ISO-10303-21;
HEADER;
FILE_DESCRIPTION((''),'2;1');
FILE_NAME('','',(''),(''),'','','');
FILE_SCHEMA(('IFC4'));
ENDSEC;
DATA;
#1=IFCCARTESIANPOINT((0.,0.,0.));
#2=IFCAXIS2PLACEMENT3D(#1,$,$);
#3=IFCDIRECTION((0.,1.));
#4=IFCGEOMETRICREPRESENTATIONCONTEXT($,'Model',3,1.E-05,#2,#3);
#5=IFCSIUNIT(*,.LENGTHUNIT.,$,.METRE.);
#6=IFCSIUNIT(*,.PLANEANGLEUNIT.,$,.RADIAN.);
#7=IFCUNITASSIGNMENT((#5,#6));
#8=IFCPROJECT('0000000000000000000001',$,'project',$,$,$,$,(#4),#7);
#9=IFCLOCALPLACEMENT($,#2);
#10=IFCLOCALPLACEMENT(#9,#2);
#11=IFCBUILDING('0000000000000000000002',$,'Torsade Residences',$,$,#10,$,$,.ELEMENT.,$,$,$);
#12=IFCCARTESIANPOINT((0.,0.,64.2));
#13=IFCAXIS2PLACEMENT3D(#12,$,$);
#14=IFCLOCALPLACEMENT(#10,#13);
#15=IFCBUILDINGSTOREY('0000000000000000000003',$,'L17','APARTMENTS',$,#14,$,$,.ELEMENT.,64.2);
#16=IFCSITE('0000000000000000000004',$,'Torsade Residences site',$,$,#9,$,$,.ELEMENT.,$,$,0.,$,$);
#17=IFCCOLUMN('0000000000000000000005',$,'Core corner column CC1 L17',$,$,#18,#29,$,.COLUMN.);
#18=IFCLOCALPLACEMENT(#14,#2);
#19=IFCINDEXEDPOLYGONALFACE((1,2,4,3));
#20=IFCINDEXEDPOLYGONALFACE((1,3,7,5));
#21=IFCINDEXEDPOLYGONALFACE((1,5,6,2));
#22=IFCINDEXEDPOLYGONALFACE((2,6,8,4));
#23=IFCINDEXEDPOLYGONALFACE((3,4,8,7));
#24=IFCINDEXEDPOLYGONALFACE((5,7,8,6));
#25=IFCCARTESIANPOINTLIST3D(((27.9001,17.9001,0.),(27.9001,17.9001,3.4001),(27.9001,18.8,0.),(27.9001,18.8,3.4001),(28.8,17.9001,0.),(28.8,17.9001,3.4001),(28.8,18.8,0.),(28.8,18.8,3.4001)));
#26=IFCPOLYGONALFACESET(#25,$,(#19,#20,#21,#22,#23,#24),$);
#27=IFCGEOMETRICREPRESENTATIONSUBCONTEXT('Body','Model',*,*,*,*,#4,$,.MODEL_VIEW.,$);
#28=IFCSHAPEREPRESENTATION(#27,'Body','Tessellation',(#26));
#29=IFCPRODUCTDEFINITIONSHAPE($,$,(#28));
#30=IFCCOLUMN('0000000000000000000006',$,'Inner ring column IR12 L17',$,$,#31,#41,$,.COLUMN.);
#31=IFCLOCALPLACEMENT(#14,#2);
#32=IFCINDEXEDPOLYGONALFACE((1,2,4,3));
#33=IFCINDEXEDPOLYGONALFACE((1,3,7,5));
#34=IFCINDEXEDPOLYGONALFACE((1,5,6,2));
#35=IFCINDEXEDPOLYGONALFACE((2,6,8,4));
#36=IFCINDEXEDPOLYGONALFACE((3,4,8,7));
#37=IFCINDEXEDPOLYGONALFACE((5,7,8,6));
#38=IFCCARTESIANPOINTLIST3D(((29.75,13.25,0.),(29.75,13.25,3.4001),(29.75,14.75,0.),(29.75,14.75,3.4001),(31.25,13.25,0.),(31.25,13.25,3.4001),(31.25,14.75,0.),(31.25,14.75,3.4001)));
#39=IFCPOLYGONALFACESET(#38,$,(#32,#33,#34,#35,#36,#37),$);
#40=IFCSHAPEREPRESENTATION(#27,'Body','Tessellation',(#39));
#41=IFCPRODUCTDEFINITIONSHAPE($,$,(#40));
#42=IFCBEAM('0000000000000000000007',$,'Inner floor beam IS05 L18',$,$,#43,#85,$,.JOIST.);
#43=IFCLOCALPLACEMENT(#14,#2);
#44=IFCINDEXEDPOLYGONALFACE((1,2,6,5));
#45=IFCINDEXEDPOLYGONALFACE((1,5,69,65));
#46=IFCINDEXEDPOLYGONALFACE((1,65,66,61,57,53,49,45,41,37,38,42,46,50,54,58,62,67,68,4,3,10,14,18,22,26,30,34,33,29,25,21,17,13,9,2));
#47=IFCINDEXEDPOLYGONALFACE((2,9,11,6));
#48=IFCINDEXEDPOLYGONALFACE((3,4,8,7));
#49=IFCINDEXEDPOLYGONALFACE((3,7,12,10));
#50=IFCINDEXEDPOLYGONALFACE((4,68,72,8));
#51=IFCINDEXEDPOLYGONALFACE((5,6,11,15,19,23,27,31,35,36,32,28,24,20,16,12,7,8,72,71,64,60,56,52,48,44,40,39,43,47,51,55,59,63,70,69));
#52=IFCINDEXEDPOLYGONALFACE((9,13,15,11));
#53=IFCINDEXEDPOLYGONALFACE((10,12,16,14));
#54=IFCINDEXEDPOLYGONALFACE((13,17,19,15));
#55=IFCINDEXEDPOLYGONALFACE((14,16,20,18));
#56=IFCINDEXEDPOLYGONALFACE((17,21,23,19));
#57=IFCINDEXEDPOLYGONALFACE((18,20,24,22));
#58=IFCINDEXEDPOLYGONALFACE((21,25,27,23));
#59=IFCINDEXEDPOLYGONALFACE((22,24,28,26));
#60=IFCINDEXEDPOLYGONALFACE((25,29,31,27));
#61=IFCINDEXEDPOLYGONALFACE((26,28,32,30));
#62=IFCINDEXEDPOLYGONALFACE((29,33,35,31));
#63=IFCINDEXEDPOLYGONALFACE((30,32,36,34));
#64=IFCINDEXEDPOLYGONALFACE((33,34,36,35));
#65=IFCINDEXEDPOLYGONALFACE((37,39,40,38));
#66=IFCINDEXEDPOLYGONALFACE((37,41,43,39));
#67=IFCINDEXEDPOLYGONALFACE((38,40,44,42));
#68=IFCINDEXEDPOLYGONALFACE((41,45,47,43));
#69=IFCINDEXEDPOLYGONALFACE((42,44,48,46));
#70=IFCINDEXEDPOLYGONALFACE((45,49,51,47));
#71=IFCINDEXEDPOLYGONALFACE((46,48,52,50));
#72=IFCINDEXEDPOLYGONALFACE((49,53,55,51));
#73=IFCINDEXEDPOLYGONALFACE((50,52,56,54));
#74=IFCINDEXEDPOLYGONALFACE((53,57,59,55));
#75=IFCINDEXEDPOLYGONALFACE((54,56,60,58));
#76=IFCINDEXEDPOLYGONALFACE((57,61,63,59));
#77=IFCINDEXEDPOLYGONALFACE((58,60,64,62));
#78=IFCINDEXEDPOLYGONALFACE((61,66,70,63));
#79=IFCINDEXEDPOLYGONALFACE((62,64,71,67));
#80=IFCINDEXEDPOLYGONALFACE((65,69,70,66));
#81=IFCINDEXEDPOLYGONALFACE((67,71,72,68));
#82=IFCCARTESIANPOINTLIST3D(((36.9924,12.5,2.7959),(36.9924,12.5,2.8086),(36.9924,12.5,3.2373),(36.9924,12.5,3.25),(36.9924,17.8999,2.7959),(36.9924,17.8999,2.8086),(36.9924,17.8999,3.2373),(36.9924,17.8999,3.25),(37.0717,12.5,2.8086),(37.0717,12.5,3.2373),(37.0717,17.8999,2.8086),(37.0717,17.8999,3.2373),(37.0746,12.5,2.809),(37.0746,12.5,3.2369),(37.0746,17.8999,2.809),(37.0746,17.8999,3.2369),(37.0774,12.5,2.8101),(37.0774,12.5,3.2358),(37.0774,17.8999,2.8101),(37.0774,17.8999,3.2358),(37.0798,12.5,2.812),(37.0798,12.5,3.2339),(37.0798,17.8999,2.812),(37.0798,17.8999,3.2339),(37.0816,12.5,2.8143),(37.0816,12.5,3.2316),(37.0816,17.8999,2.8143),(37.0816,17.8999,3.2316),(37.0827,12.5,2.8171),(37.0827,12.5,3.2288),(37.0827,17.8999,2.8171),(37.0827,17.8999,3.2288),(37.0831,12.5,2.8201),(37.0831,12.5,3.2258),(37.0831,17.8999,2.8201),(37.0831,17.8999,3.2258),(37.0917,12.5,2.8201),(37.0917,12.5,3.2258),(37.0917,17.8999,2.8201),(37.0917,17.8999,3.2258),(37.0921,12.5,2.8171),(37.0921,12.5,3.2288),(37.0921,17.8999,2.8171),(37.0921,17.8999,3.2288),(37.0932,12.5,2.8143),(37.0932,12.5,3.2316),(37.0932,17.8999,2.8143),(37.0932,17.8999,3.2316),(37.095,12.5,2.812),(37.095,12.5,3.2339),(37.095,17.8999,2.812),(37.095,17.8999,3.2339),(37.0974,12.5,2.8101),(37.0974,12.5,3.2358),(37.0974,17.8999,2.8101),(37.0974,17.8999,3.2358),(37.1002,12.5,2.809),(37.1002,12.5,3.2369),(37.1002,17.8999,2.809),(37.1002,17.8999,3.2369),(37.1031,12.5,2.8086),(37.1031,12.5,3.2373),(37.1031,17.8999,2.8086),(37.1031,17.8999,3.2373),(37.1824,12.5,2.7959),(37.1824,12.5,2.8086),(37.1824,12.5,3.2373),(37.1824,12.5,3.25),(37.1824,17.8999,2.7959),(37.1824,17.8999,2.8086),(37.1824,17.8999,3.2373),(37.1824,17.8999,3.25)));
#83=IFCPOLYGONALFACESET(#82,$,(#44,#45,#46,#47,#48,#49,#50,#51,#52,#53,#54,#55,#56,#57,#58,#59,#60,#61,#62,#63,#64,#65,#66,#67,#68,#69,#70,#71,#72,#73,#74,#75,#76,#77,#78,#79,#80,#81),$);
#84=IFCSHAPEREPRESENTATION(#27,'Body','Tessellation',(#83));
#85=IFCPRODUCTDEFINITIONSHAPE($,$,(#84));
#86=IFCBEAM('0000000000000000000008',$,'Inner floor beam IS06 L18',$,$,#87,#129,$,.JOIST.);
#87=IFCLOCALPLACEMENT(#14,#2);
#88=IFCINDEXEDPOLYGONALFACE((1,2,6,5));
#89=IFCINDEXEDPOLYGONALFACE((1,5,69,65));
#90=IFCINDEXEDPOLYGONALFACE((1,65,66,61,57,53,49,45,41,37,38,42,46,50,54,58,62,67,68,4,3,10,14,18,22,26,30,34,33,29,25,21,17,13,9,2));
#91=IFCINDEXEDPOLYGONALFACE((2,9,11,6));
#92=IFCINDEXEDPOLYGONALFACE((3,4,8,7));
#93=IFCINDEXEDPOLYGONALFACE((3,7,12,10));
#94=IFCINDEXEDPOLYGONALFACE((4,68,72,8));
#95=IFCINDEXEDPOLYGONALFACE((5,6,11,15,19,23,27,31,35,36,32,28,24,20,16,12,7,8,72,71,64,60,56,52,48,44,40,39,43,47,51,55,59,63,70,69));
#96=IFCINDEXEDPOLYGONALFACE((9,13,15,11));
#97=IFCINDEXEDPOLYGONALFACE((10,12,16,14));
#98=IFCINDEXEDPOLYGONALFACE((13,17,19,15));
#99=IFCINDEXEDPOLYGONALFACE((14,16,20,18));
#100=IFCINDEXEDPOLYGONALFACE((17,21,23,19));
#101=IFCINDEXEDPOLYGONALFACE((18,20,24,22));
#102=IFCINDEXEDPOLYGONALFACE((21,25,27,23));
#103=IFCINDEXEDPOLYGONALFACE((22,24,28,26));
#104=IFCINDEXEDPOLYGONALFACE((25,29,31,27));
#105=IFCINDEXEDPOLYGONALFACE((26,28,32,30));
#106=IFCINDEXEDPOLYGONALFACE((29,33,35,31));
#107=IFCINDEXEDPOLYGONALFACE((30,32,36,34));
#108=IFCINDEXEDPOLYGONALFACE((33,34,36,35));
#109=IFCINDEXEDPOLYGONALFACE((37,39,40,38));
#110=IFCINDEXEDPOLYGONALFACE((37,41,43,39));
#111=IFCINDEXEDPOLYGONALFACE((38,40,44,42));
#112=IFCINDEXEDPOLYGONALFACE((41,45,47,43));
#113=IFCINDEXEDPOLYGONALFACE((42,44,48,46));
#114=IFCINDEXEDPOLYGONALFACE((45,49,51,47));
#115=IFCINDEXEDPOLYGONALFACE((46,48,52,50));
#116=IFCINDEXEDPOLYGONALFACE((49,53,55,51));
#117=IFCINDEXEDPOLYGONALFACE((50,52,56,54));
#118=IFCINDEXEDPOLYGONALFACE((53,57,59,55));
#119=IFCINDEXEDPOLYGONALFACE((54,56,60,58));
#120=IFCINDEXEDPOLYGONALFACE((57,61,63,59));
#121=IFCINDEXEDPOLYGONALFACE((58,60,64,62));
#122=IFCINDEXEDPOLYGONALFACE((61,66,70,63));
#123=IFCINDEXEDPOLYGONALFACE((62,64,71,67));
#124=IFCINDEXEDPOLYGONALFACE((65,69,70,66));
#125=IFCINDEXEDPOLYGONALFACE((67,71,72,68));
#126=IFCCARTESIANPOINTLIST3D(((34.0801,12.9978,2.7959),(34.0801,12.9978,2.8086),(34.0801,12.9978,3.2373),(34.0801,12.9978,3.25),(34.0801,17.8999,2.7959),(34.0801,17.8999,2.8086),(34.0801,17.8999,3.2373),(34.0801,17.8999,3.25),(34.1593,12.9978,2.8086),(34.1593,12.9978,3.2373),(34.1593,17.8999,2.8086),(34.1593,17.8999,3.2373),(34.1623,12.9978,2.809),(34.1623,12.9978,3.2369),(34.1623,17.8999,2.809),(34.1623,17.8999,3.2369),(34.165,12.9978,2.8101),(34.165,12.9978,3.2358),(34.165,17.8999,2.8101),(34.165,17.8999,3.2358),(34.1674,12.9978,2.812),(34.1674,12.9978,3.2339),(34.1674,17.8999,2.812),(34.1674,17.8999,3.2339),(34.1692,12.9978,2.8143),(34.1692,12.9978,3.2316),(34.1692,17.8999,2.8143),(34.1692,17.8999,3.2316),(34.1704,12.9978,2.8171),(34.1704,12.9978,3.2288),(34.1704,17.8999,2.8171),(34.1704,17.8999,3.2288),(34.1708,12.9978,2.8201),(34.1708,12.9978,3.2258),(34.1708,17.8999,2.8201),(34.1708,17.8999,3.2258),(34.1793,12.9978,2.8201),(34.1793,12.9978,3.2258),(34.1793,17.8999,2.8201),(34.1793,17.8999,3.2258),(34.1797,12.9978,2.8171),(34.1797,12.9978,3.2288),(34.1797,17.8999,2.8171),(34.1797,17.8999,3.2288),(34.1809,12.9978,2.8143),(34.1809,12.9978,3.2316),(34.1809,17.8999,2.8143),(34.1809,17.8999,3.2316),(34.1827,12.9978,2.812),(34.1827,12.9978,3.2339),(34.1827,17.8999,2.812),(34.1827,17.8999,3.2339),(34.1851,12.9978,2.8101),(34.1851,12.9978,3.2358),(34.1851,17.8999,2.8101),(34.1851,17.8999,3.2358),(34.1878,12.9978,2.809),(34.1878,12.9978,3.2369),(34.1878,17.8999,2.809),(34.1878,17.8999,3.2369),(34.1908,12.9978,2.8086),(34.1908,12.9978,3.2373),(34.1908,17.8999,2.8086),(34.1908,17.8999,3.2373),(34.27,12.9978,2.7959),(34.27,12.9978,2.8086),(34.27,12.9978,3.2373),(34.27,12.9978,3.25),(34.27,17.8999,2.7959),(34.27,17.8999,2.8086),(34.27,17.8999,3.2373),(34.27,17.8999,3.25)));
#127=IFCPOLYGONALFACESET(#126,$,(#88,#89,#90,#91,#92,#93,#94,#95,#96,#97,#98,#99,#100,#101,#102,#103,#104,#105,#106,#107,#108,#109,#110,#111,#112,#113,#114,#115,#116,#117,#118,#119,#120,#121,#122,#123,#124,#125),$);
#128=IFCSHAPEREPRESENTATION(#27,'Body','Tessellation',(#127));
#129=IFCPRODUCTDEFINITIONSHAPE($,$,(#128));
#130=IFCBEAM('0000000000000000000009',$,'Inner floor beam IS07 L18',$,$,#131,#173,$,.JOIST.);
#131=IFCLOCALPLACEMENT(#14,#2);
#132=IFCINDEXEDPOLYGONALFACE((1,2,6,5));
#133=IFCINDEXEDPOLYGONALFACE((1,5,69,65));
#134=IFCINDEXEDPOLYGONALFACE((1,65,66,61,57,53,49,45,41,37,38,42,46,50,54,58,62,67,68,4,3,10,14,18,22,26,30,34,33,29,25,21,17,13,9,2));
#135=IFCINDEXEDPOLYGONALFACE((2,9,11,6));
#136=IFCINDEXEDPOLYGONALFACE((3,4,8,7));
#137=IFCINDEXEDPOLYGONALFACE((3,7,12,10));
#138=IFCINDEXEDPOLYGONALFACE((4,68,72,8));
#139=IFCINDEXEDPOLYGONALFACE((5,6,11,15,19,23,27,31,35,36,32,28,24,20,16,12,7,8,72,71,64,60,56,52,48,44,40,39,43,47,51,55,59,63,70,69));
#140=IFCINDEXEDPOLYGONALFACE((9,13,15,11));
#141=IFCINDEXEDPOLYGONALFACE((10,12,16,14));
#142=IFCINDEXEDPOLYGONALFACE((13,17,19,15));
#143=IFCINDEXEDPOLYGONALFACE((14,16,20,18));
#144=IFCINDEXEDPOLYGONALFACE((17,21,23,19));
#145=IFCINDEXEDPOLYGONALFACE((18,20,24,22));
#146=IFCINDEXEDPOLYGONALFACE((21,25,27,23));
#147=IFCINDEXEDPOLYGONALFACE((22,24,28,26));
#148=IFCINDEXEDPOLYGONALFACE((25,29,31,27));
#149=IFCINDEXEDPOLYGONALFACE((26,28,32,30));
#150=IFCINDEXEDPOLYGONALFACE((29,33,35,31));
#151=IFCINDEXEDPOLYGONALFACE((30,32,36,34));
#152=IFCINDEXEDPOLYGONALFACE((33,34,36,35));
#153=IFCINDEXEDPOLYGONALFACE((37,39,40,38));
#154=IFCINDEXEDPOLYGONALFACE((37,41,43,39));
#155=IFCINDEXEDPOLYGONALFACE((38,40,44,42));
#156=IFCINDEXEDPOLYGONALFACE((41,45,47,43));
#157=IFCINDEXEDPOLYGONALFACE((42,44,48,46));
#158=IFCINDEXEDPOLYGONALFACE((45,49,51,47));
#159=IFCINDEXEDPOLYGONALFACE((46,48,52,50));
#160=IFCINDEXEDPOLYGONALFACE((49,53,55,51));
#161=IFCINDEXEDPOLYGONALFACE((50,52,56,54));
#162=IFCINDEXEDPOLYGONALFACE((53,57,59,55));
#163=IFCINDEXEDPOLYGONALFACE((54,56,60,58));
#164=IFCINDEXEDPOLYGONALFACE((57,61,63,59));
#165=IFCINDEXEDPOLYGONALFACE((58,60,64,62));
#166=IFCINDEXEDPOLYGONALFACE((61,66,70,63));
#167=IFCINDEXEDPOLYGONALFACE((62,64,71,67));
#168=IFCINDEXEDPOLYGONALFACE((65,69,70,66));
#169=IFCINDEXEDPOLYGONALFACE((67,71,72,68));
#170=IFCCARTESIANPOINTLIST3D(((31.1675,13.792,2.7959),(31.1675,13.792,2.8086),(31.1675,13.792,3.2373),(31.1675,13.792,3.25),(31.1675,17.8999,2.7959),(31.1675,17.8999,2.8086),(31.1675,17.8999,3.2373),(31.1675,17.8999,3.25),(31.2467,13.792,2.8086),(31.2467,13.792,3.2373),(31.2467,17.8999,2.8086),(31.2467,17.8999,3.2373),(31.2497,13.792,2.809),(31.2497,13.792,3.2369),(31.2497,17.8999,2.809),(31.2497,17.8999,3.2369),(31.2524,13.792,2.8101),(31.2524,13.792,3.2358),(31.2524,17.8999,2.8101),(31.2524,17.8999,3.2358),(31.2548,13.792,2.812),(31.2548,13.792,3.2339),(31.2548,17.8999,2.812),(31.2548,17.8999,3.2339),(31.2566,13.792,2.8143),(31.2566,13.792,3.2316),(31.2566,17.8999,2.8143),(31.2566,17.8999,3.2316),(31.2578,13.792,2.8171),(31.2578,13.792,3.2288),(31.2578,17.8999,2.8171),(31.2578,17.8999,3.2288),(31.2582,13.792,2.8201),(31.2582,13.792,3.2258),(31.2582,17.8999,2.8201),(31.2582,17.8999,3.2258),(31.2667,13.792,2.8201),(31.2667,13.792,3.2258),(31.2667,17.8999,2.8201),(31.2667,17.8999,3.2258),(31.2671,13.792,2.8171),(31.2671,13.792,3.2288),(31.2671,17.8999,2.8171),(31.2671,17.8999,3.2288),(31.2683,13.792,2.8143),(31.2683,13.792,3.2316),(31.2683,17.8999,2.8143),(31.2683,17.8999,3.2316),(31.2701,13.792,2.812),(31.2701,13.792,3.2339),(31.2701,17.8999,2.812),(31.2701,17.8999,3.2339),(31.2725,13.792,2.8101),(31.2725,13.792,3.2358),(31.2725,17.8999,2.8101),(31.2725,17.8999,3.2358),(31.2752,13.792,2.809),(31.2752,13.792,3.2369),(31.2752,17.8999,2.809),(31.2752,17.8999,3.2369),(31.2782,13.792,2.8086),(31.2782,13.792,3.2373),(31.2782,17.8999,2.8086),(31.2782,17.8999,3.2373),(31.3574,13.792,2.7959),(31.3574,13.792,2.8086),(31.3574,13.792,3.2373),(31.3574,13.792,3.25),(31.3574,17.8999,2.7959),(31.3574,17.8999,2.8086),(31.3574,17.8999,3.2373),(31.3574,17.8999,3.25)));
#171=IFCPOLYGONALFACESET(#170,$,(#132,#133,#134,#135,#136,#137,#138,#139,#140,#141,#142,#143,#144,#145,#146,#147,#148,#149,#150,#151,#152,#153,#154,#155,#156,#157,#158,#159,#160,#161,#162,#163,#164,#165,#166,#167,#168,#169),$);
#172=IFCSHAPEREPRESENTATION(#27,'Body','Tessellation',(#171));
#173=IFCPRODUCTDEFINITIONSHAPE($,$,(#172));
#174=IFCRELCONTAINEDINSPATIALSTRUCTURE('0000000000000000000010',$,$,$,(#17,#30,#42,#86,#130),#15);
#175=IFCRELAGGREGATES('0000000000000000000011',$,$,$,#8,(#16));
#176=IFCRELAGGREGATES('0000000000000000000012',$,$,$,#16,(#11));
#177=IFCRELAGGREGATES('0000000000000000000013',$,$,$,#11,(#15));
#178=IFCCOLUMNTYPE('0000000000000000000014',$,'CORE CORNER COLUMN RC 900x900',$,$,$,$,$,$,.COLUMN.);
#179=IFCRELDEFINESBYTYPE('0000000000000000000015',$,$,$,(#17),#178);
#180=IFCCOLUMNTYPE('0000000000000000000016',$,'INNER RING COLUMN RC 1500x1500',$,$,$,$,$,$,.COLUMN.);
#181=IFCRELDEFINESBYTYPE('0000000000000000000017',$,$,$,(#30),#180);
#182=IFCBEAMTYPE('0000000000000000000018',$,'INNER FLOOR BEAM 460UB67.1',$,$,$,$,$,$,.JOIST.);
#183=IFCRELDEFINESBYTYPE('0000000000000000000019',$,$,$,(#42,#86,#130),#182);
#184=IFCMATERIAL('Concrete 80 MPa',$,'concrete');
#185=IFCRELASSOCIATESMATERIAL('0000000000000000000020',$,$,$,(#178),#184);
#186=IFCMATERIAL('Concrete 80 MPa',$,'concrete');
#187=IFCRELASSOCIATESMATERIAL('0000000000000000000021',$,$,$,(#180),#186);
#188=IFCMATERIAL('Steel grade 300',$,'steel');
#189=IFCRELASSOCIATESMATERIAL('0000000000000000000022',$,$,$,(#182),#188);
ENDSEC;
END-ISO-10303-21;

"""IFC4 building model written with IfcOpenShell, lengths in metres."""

from ifc_helpers import new_model, si_unit, direction, frame, origin, origin_2d, place, context, subcontext, project, spatial, rectangle, i_section, extrude, material, material_profile, profile_set, type_object, element, save


model = new_model("IFC4")

# Units and contexts
model_context = context("Model", 3, precision=1e-05, world=origin(), true_north=direction((0.0, 1.0)))
body_context = subcontext(model_context, "Body", "Model", "MODEL_VIEW")
ifc_project = project(units=[si_unit("LENGTHUNIT", "METRE"), si_unit("PLANEANGLEUNIT", "RADIAN")], contexts=[model_context])

# Site, building, storey
site_placement = place(None, origin())
site = spatial("IfcSite", under=ifc_project, at=site_placement, Name="Torsade Residences site", CompositionType="ELEMENT", RefElevation=0.0)
building_placement = place(site_placement, origin())
building = spatial("IfcBuilding", under=site, at=building_placement, Name="Torsade Residences", CompositionType="ELEMENT")
storey_placement = place(building_placement, frame((0.0, 0.0, 64.2)))
storey = spatial("IfcBuildingStorey", under=building, at=storey_placement, Name="L17", Description="APARTMENTS", CompositionType="ELEMENT", Elevation=64.2)

# Columns
ifc_material_1 = material(Name="Concrete 80 MPa", Category="concrete")
ifc_material_profile_1 = material_profile(ifc_material_1, rectangle(XDim=0.8999, YDim=0.8999, at=origin_2d()), Name="RC 900x900")
ifc_profile_set_1 = profile_set([ifc_material_profile_1], Name="Concrete 80 MPa")
column_type_1 = type_object("IfcColumnType", Name="CORE CORNER COLUMN RC 900x900", PredefinedType="COLUMN", material=ifc_profile_set_1)
column_1_placement = place(storey_placement, frame((28.3501, 18.3501, 0.0), z_axis=(0.0, 0.0, 1.0), x_axis=(1.0, 0.0, 0.0)))
element("IfcColumn", 1, at=column_1_placement, inside=storey, type_object=column_type_1, Name="Core corner column CC1 L17", PredefinedType="COLUMN", context=body_context, shape_type="SweptSolid", body=[
    extrude(rectangle(XDim=0.8999, YDim=0.8999, at=origin_2d()), origin(), (0.0, 0.0, 1.0), 3.4001),
])
ifc_material_2 = material(Name="Concrete 80 MPa", Category="concrete")
ifc_material_profile_2 = material_profile(ifc_material_2, rectangle(XDim=1.5, YDim=1.5, at=origin_2d()), Name="RC 1500x1500")
ifc_profile_set_2 = profile_set([ifc_material_profile_2], Name="Concrete 80 MPa")
column_type_2 = type_object("IfcColumnType", Name="INNER RING COLUMN RC 1500x1500", PredefinedType="COLUMN", material=ifc_profile_set_2)
column_2_placement = place(storey_placement, frame((30.5, 14.0, 0.0), z_axis=(0.0, 0.0, 1.0), x_axis=(1.0, 0.0, 0.0)))
element("IfcColumn", 2, at=column_2_placement, inside=storey, type_object=column_type_2, Name="Inner ring column IR12 L17", PredefinedType="COLUMN", context=body_context, shape_type="SweptSolid", body=[
    extrude(rectangle(XDim=1.5, YDim=1.5, at=origin_2d()), origin(), (0.0, 0.0, 1.0), 3.4001),
])

# Beams
ifc_material_3 = material(Name="Steel grade 300", Category="steel")
ifc_material_profile_3 = material_profile(ifc_material_3, i_section(OverallWidth=0.1899, OverallDepth=0.4541, WebThickness=0.0085, FlangeThickness=0.0127, FilletRadius=0.0115, at=origin_2d()), Name="460UB67.1")
ifc_profile_set_3 = profile_set([ifc_material_profile_3], Name="Steel grade 300")
beam_type_1 = type_object("IfcBeamType", Name="INNER FLOOR BEAM 460UB67.1", PredefinedType="JOIST", material=ifc_profile_set_3)
beam_1_placement = place(storey_placement, frame((37.0874, 17.8999, 3.0229), z_axis=(0.0, -1.0, 0.0), x_axis=(1.0, 0.0, 0.0)))
element("IfcBeam", 3, at=beam_1_placement, inside=storey, type_object=beam_type_1, Name="Inner floor beam IS05 L18", PredefinedType="JOIST", context=body_context, shape_type="SweptSolid", body=[
    extrude(i_section(OverallWidth=0.1899, OverallDepth=0.4541, WebThickness=0.0085, FlangeThickness=0.0127, FilletRadius=0.0115, at=origin_2d()), origin(), (0.0, 0.0, 1.0), 5.3999),
])
beam_2_placement = place(storey_placement, frame((34.175, 17.8999, 3.0229), z_axis=(0.0, -1.0, 0.0), x_axis=(1.0, 0.0, 0.0)))
element("IfcBeam", 4, at=beam_2_placement, inside=storey, type_object=beam_type_1, Name="Inner floor beam IS06 L18", PredefinedType="JOIST", context=body_context, shape_type="SweptSolid", body=[
    extrude(i_section(OverallWidth=0.1899, OverallDepth=0.4541, WebThickness=0.0085, FlangeThickness=0.0127, FilletRadius=0.0115, at=origin_2d()), origin(), (0.0, 0.0, 1.0), 4.9021),
])
beam_3_placement = place(storey_placement, frame((31.2625, 17.8999, 3.0229), z_axis=(0.0, -1.0, 0.0), x_axis=(1.0, 0.0, 0.0)))
element("IfcBeam", 5, at=beam_3_placement, inside=storey, type_object=beam_type_1, Name="Inner floor beam IS07 L18", PredefinedType="JOIST", context=body_context, shape_type="SweptSolid", body=[
    extrude(i_section(OverallWidth=0.1899, OverallDepth=0.4541, WebThickness=0.0085, FlangeThickness=0.0127, FilletRadius=0.0115, at=origin_2d()), origin(), (0.0, 0.0, 1.0), 4.1079),
])

save(model, "model.ifc")
